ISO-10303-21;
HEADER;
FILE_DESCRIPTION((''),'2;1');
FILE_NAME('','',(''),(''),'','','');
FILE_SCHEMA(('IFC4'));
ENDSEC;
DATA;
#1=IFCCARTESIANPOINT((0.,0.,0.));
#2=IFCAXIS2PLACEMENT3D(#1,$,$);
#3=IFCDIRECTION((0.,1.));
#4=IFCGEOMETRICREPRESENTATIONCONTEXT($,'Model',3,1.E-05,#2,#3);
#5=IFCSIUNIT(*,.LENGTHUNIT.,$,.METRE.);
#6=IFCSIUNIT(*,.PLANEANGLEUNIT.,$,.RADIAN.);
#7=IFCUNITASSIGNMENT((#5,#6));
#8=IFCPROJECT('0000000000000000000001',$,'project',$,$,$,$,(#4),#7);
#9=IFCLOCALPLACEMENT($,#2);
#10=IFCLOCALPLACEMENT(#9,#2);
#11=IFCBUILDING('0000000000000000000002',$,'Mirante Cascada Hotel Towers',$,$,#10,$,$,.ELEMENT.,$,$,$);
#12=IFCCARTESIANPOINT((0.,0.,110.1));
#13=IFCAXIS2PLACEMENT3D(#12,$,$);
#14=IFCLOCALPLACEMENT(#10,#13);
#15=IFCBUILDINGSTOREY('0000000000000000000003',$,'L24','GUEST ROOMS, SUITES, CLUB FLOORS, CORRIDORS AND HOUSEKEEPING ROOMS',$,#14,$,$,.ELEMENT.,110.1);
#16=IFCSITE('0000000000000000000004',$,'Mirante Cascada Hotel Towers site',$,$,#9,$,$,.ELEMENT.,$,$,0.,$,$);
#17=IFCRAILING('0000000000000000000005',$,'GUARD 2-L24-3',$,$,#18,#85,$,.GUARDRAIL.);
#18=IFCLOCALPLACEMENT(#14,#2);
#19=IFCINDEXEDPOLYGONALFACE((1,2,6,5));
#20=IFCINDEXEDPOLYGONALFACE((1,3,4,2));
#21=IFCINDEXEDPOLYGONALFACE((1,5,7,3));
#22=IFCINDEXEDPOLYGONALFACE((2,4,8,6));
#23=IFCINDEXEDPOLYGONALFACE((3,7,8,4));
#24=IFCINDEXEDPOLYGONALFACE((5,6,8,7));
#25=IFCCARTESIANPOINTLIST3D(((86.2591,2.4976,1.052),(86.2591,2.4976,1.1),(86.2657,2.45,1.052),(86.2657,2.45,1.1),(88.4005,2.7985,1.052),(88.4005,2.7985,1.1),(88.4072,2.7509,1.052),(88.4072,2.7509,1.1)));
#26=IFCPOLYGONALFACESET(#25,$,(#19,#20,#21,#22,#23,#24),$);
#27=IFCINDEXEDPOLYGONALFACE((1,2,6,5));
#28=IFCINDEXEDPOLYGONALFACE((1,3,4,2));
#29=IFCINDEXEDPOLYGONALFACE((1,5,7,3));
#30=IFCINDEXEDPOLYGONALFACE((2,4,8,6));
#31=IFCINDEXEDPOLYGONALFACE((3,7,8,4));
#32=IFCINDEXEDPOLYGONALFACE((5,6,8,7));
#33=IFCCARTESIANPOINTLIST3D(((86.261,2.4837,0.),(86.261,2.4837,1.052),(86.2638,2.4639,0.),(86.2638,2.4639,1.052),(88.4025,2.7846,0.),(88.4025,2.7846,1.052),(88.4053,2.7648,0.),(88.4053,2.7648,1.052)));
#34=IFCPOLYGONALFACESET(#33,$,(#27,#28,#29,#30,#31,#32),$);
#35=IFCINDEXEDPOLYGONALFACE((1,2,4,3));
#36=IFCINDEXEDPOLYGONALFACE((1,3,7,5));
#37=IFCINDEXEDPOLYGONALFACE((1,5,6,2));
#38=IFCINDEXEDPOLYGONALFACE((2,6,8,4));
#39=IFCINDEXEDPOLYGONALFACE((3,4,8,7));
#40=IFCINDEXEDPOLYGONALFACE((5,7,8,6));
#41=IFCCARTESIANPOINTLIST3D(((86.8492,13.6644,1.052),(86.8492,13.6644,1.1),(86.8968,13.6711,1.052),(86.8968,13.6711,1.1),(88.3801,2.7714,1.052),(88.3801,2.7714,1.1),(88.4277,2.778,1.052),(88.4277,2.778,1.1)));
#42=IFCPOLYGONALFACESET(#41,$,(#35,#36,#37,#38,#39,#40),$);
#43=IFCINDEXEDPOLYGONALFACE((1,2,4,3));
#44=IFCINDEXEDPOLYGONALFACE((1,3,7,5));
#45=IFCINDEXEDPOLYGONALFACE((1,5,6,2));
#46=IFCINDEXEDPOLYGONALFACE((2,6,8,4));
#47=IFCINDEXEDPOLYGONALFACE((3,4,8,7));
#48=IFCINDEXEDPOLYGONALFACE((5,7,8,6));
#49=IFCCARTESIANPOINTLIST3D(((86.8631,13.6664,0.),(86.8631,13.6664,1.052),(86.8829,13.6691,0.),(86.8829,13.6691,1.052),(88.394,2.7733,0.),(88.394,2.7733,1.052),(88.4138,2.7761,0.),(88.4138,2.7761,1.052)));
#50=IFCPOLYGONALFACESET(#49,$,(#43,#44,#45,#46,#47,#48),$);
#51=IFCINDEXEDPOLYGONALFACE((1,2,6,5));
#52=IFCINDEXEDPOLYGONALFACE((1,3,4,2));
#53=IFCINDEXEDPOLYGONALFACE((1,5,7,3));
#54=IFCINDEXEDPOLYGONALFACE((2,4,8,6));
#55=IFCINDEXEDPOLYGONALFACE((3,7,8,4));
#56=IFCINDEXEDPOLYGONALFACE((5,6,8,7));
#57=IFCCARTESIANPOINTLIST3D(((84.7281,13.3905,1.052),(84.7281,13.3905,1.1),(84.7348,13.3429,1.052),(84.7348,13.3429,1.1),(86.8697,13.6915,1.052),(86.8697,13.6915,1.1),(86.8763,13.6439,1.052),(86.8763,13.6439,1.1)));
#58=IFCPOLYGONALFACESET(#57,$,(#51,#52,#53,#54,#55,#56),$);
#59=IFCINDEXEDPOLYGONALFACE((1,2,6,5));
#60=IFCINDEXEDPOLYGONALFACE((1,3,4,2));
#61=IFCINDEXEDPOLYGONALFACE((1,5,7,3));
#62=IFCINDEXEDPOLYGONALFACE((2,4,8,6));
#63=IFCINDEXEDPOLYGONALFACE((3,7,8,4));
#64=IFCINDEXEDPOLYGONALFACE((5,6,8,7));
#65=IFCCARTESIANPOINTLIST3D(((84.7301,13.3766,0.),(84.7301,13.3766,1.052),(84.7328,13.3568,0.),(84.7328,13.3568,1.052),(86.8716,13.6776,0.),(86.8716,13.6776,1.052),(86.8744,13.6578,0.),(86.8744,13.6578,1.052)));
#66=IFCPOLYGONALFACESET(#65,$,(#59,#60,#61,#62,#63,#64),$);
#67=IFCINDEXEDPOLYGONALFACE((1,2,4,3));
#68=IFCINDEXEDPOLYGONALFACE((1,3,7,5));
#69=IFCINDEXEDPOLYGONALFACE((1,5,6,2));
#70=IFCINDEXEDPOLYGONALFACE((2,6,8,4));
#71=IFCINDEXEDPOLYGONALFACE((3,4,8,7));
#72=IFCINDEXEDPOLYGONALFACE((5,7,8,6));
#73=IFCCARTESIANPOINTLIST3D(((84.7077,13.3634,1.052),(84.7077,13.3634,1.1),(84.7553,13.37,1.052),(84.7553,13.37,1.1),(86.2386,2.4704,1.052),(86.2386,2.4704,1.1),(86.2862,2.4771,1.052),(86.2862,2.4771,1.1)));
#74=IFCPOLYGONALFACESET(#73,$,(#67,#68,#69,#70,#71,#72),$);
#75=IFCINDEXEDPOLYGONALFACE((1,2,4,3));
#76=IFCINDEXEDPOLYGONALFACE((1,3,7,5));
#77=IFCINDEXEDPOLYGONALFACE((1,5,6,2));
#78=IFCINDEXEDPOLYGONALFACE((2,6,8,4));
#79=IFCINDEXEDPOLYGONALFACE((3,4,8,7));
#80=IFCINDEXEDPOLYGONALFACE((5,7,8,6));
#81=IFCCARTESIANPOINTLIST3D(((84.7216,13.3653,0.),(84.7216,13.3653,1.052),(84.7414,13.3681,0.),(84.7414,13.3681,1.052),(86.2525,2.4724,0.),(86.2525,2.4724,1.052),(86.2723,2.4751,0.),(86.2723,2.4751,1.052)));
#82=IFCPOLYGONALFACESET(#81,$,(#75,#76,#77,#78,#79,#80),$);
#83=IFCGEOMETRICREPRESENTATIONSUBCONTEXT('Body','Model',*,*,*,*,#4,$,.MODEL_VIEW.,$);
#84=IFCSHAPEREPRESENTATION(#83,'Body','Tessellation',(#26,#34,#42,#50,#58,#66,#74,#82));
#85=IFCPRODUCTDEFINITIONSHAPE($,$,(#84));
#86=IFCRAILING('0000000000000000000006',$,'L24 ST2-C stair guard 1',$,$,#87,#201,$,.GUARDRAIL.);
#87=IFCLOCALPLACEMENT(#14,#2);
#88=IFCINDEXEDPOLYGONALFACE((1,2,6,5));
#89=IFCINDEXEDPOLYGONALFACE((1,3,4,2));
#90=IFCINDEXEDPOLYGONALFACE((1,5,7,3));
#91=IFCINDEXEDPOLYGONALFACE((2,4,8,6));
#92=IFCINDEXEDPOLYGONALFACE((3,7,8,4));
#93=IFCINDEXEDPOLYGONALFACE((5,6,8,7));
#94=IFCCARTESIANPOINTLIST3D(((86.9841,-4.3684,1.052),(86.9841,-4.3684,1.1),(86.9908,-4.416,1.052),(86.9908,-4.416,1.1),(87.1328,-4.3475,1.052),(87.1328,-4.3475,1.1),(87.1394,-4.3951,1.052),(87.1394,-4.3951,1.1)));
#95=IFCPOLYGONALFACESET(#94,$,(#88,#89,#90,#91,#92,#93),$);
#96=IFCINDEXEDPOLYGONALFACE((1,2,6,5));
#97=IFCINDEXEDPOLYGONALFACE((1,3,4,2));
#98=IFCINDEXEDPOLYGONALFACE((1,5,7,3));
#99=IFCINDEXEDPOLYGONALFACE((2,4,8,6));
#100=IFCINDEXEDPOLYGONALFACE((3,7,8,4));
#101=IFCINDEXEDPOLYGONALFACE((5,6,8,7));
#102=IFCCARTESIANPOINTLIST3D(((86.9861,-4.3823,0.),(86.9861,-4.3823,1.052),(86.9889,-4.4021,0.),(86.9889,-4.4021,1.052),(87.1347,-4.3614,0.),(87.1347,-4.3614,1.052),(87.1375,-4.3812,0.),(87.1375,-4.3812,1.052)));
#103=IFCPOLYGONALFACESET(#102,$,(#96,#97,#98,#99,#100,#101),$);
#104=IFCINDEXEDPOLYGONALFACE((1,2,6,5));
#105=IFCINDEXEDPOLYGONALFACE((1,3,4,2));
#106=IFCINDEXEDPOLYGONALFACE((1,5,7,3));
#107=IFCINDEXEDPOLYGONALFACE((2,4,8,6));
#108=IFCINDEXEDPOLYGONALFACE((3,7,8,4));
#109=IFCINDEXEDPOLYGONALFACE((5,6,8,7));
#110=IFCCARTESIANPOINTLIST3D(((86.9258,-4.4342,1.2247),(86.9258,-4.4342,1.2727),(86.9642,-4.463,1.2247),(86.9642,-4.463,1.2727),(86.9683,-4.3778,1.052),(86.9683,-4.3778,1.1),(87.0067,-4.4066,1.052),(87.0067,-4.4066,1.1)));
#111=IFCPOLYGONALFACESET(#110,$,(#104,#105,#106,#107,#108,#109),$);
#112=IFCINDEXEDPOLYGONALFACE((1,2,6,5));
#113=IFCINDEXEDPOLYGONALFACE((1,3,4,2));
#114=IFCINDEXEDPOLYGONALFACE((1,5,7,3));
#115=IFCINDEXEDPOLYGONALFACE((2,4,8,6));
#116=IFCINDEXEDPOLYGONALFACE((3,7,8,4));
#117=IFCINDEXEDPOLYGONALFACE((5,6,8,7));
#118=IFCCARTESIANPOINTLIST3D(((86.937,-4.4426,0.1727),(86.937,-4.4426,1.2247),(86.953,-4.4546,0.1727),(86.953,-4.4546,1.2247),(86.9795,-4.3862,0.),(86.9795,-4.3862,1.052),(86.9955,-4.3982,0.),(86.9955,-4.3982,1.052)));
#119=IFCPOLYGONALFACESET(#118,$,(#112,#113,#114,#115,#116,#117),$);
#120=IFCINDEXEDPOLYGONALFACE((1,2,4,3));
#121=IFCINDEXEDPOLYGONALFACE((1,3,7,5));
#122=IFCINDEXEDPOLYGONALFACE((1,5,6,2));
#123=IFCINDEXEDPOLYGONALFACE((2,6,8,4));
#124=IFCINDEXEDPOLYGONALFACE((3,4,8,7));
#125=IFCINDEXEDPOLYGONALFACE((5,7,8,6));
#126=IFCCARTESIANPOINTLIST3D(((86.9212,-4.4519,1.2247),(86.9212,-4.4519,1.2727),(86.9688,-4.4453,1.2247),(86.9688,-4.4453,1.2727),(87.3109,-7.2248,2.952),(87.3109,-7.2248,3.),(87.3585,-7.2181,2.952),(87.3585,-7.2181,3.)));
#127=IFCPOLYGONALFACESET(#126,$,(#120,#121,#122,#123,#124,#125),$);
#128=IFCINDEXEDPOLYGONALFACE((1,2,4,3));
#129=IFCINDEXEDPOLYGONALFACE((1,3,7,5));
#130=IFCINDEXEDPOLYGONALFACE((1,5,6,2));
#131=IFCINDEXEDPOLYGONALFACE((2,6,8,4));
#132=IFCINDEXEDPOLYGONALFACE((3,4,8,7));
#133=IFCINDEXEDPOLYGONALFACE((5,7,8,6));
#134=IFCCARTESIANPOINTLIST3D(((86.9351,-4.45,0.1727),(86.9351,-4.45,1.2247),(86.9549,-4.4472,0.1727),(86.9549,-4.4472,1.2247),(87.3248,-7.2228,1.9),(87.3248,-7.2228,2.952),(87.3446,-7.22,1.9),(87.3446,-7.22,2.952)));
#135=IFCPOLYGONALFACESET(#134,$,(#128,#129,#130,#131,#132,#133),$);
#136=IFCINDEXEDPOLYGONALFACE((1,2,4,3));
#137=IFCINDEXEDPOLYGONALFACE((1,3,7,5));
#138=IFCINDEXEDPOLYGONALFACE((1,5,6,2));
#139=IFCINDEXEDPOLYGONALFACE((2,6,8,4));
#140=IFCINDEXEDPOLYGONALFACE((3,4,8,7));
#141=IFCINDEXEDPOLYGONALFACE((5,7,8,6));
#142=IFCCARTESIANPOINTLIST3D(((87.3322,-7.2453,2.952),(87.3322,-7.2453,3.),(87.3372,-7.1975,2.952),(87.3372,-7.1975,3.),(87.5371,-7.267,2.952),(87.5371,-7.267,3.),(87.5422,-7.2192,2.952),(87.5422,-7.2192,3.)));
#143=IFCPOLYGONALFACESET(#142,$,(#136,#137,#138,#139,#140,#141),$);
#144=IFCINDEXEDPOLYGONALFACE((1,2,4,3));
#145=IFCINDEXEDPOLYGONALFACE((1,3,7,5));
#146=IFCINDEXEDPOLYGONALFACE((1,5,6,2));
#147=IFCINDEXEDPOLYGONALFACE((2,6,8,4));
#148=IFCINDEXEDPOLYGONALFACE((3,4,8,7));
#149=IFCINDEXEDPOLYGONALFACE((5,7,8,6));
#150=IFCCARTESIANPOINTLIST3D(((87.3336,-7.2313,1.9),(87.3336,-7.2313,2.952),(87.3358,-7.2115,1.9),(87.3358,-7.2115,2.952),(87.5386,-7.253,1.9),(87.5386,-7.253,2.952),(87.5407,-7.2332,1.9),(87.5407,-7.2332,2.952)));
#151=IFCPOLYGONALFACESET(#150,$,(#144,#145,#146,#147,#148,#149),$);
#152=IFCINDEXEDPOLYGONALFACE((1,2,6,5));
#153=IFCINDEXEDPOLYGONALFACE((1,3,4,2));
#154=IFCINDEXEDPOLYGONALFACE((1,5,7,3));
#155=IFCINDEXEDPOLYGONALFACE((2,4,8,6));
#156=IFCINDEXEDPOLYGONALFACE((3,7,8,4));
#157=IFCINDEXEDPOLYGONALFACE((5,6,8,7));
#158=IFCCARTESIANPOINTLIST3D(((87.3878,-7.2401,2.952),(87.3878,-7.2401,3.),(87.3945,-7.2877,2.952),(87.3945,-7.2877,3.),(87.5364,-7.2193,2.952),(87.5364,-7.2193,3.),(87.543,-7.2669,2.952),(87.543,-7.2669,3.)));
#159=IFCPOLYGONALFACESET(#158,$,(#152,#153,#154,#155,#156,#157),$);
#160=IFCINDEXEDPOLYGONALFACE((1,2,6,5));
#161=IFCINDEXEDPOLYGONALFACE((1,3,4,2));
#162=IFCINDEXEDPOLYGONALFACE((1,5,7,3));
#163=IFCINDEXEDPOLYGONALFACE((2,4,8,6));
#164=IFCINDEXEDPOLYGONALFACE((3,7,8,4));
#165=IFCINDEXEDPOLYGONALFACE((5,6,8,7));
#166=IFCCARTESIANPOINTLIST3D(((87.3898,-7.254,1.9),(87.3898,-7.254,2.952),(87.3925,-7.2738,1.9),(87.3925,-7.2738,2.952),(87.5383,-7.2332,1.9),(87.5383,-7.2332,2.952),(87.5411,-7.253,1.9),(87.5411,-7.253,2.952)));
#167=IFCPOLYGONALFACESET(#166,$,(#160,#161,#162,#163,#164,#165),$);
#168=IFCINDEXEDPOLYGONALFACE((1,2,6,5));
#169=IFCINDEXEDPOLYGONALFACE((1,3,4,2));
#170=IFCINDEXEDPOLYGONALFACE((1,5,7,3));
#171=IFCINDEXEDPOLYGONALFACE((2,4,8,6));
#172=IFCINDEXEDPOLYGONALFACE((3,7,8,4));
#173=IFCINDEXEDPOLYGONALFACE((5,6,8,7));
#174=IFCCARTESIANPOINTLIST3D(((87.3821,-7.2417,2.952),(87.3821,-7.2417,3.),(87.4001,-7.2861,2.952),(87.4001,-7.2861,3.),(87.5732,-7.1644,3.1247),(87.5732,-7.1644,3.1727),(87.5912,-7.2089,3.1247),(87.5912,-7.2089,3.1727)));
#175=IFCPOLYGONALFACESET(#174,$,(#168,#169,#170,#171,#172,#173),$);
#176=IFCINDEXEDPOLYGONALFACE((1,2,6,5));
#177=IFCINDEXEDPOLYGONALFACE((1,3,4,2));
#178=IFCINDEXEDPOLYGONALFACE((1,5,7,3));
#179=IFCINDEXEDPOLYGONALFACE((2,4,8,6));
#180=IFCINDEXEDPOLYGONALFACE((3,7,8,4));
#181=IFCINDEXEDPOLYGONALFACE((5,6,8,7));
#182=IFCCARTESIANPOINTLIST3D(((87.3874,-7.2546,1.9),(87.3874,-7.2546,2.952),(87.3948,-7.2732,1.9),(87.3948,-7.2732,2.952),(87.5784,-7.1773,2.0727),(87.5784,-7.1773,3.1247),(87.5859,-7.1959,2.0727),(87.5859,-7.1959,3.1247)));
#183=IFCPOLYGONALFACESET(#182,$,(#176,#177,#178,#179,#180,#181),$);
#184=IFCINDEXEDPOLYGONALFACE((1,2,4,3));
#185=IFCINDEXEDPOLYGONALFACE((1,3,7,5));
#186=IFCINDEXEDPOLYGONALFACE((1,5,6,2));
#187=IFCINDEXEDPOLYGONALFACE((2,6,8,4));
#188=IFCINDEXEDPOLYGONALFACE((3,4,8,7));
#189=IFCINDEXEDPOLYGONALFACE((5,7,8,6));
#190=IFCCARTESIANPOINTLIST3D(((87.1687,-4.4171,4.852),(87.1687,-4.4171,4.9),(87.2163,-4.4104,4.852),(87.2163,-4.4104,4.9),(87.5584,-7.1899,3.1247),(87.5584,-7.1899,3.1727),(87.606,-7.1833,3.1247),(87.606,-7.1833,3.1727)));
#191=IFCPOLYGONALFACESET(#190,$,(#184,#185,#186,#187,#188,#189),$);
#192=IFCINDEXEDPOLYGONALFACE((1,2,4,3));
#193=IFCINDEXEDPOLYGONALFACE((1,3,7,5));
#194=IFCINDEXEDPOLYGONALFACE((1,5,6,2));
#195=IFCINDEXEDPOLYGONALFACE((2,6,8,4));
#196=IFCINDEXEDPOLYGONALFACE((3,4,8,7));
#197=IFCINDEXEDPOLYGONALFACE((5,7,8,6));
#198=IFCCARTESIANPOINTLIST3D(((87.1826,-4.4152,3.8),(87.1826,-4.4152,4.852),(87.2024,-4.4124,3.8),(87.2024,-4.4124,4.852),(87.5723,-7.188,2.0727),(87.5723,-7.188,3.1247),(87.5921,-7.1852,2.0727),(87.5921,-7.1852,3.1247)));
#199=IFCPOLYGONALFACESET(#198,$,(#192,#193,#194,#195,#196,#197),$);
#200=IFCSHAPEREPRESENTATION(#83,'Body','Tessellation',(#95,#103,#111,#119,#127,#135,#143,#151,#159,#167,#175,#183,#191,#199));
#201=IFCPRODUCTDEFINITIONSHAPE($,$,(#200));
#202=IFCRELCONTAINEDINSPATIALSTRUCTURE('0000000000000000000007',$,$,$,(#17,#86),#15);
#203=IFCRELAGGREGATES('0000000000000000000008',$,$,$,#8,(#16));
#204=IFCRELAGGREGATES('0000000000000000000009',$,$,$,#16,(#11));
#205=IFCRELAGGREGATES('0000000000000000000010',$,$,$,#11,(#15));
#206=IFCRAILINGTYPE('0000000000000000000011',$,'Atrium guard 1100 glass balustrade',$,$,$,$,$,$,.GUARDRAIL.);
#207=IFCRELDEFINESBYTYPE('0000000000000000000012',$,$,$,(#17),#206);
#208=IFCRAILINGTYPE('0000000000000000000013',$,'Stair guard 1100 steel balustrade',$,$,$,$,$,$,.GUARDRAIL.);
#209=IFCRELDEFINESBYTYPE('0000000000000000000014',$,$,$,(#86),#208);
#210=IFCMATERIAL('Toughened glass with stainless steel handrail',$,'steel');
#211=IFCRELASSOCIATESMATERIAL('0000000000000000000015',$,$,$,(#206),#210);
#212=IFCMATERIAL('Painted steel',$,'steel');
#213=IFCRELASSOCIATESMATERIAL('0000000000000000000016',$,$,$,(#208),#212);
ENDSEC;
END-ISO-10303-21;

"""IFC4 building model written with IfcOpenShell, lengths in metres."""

from ifc_helpers import new_model, si_unit, direction, frame, origin, origin_2d, place, context, subcontext, project, spatial, rectangle, extrude, material, type_object, element, save


model = new_model("IFC4")

# Units and contexts
model_context = context("Model", 3, precision=1e-05, world=origin(), true_north=direction((0.0, 1.0)))
body_context = subcontext(model_context, "Body", "Model", "MODEL_VIEW")
ifc_project = project(units=[si_unit("LENGTHUNIT", "METRE"), si_unit("PLANEANGLEUNIT", "RADIAN")], contexts=[model_context])

# Site, building, storey
site_placement = place(None, origin())
site = spatial("IfcSite", under=ifc_project, at=site_placement, Name="Mirante Cascada Hotel Towers site", CompositionType="ELEMENT", RefElevation=0.0)
building_placement = place(site_placement, origin())
building = spatial("IfcBuilding", under=site, at=building_placement, Name="Mirante Cascada Hotel Towers", CompositionType="ELEMENT")
storey_placement = place(building_placement, frame((0.0, 0.0, 110.1)))
storey = spatial("IfcBuildingStorey", under=building, at=storey_placement, Name="L24", Description="GUEST ROOMS, SUITES, CLUB FLOORS, CORRIDORS AND HOUSEKEEPING ROOMS", CompositionType="ELEMENT", Elevation=110.1)

# Railings
ifc_material_1 = material(Name="Toughened glass with stainless steel handrail", Category="steel")
railing_type_1 = type_object("IfcRailingType", Name="Atrium guard 1100 glass balustrade", PredefinedType="GUARDRAIL", material=ifc_material_1)
railing_1_placement = place(storey_placement, frame((86.2624, 2.4738, 0.0)))
element("IfcRailing", 1, at=railing_1_placement, inside=storey, type_object=railing_type_1, Name="GUARD 2-L24-3", PredefinedType="GUARDRAIL", context=body_context, shape_type="SweptSolid", body=[
    extrude(rectangle(XDim=0.048, YDim=0.048, at=origin_2d()), frame((0.0, 0.0, 1.076), z_axis=(0.990272, 0.139142, 0.0), x_axis=(-0.139142, 0.990272, 0.0)), (0.0, 0.0, 1.0), 2.1625),
    extrude(rectangle(XDim=0.02, YDim=1.052, at=origin_2d()), frame((0.0, 0.0, 0.526), z_axis=(0.990272, 0.139142, 0.0), x_axis=(-0.139142, 0.990272, 0.0)), (0.0, 0.0, 1.0), 2.1625),
    extrude(rectangle(XDim=0.048, YDim=0.048, at=origin_2d()), frame((2.1415, 0.3009, 1.076), z_axis=(-0.139172, 0.990268, 0.0), x_axis=(-0.990268, -0.139172, 0.0)), (0.0, 0.0, 1.0), 11.0001),
    extrude(rectangle(XDim=0.02, YDim=1.052, at=origin_2d()), frame((2.1415, 0.3009, 0.526), z_axis=(-0.139172, 0.990268, 0.0), x_axis=(-0.990268, -0.139172, 0.0)), (0.0, 0.0, 1.0), 11.0001),
    extrude(rectangle(XDim=0.048, YDim=0.048, at=origin_2d()), frame((0.6106, 11.1939, 1.076), z_axis=(-0.990266, -0.139187, 0.0), x_axis=(0.139187, -0.990266, 0.0)), (0.0, 0.0, 1.0), 2.1626),
    extrude(rectangle(XDim=0.02, YDim=1.052, at=origin_2d()), frame((0.6106, 11.1939, 0.526), z_axis=(-0.990266, -0.139187, 0.0), x_axis=(0.139187, -0.990266, 0.0)), (0.0, 0.0, 1.0), 2.1626),
    extrude(rectangle(XDim=0.048, YDim=0.048, at=origin_2d()), frame((-1.5309, 10.8929, 1.076), z_axis=(0.139173, -0.990268, 0.0), x_axis=(0.990268, 0.139173, 0.0)), (0.0, 0.0, 1.0), 11.0),
    extrude(rectangle(XDim=0.02, YDim=1.052, at=origin_2d()), frame((-1.5309, 10.8929, 0.526), z_axis=(0.139173, -0.990268, 0.0), x_axis=(0.990268, 0.139173, 0.0)), (0.0, 0.0, 1.0), 11.0),
])
ifc_material_2 = material(Name="Painted steel", Category="steel")
railing_type_2 = type_object("IfcRailingType", Name="Stair guard 1100 steel balustrade", PredefinedType="GUARDRAIL", material=ifc_material_2)
railing_2_placement = place(storey_placement, frame((87.1361, -4.3713, 0.0)))
element("IfcRailing", 2, at=railing_2_placement, inside=storey, type_object=railing_type_2, Name="L24 ST2-C stair guard 1", PredefinedType="GUARDRAIL", context=body_context, shape_type="SweptSolid", body=[
    extrude(rectangle(XDim=0.048, YDim=0.048, at=origin_2d()), frame((0.0, 0.0, 1.076), z_axis=(-0.990254, -0.139275, 0.0), x_axis=(0.139275, -0.990254, 0.0)), (0.0, 0.0, 1.0), 0.1501),
    extrude(rectangle(XDim=0.02, YDim=1.052, at=origin_2d()), frame((0.0, 0.0, 0.526), z_axis=(-0.990254, -0.139275, 0.0), x_axis=(0.139275, -0.990254, 0.0)), (0.0, 0.0, 1.0), 0.1501),
    extrude(rectangle(XDim=0.048, YDim=0.048, at=origin_2d()), frame((-0.1486, -0.0209, 1.076), z_axis=(-0.601811, -0.798639, 0.0), x_axis=(0.798639, -0.601811, 0.0)), (0.0, 0.925603, 0.378496), 0.1866),
    extrude(rectangle(XDim=0.02, YDim=1.052, at=origin_2d()), frame((-0.1486, -0.0209, 0.526), z_axis=(-0.601811, -0.798639, 0.0), x_axis=(0.798639, -0.601811, 0.0)), (0.0, 0.925603, 0.378496), 0.1866),
    extrude(rectangle(XDim=0.048, YDim=0.048, at=origin_2d()), frame((-0.1911, -0.0773, 1.2487), z_axis=(0.139176, -0.990268, 0.0), x_axis=(0.990268, 0.139176, 0.0)), (0.0, 0.525021, 0.851089), 3.29),
    extrude(rectangle(XDim=0.02, YDim=1.052, at=origin_2d()), frame((-0.1911, -0.0773, 0.6987), z_axis=(0.139176, -0.990268, 0.0), x_axis=(0.990268, 0.139176, 0.0)), (0.0, 0.525021, 0.851089), 3.29),
    extrude(rectangle(XDim=0.048, YDim=0.048, at=origin_2d()), frame((0.1986, -2.8501, 2.976), z_axis=(0.994444, -0.105266, 0.0), x_axis=(0.105266, 0.994444, 0.0)), (0.0, 0.0, 1.0), 0.2061),
    extrude(rectangle(XDim=0.02, YDim=1.052, at=origin_2d()), frame((0.1986, -2.8501, 2.426), z_axis=(0.994444, -0.105266, 0.0), x_axis=(0.105266, 0.994444, 0.0)), (0.0, 0.0, 1.0), 0.2061),
    extrude(rectangle(XDim=0.048, YDim=0.048, at=origin_2d()), frame((0.4036, -2.8718, 2.976), z_axis=(-0.990345, -0.138622, 0.0), x_axis=(0.138622, -0.990345, 0.0)), (0.0, 0.0, 1.0), 0.15),
    extrude(rectangle(XDim=0.02, YDim=1.052, at=origin_2d()), frame((0.4036, -2.8718, 2.426), z_axis=(-0.990345, -0.138622, 0.0), x_axis=(0.138622, -0.990345, 0.0)), (0.0, 0.0, 1.0), 0.15),
    extrude(rectangle(XDim=0.048, YDim=0.048, at=origin_2d()), frame((0.255, -2.8926, 2.976), z_axis=(0.927031, 0.374984, 0.0), x_axis=(-0.374984, 0.927031, 0.0)), (0.0, 0.64219, 0.766545), 0.2689),
    extrude(rectangle(XDim=0.02, YDim=1.052, at=origin_2d()), frame((0.255, -2.8926, 2.426), z_axis=(0.927031, 0.374984, 0.0), x_axis=(-0.374984, 0.927031, 0.0)), (0.0, 0.64219, 0.766545), 0.2689),
    extrude(rectangle(XDim=0.048, YDim=0.048, at=origin_2d()), frame((0.4461, -2.8153, 3.1487), z_axis=(-0.139176, 0.990268, 0.0), x_axis=(-0.990268, -0.139176, 0.0)), (0.0, 0.525021, 0.851089), 3.29),
    extrude(rectangle(XDim=0.02, YDim=1.052, at=origin_2d()), frame((0.4461, -2.8153, 2.5987), z_axis=(-0.139176, 0.990268, 0.0), x_axis=(-0.990268, -0.139176, 0.0)), (0.0, 0.525021, 0.851089), 3.29),
])

save(model, "model.ifc")
